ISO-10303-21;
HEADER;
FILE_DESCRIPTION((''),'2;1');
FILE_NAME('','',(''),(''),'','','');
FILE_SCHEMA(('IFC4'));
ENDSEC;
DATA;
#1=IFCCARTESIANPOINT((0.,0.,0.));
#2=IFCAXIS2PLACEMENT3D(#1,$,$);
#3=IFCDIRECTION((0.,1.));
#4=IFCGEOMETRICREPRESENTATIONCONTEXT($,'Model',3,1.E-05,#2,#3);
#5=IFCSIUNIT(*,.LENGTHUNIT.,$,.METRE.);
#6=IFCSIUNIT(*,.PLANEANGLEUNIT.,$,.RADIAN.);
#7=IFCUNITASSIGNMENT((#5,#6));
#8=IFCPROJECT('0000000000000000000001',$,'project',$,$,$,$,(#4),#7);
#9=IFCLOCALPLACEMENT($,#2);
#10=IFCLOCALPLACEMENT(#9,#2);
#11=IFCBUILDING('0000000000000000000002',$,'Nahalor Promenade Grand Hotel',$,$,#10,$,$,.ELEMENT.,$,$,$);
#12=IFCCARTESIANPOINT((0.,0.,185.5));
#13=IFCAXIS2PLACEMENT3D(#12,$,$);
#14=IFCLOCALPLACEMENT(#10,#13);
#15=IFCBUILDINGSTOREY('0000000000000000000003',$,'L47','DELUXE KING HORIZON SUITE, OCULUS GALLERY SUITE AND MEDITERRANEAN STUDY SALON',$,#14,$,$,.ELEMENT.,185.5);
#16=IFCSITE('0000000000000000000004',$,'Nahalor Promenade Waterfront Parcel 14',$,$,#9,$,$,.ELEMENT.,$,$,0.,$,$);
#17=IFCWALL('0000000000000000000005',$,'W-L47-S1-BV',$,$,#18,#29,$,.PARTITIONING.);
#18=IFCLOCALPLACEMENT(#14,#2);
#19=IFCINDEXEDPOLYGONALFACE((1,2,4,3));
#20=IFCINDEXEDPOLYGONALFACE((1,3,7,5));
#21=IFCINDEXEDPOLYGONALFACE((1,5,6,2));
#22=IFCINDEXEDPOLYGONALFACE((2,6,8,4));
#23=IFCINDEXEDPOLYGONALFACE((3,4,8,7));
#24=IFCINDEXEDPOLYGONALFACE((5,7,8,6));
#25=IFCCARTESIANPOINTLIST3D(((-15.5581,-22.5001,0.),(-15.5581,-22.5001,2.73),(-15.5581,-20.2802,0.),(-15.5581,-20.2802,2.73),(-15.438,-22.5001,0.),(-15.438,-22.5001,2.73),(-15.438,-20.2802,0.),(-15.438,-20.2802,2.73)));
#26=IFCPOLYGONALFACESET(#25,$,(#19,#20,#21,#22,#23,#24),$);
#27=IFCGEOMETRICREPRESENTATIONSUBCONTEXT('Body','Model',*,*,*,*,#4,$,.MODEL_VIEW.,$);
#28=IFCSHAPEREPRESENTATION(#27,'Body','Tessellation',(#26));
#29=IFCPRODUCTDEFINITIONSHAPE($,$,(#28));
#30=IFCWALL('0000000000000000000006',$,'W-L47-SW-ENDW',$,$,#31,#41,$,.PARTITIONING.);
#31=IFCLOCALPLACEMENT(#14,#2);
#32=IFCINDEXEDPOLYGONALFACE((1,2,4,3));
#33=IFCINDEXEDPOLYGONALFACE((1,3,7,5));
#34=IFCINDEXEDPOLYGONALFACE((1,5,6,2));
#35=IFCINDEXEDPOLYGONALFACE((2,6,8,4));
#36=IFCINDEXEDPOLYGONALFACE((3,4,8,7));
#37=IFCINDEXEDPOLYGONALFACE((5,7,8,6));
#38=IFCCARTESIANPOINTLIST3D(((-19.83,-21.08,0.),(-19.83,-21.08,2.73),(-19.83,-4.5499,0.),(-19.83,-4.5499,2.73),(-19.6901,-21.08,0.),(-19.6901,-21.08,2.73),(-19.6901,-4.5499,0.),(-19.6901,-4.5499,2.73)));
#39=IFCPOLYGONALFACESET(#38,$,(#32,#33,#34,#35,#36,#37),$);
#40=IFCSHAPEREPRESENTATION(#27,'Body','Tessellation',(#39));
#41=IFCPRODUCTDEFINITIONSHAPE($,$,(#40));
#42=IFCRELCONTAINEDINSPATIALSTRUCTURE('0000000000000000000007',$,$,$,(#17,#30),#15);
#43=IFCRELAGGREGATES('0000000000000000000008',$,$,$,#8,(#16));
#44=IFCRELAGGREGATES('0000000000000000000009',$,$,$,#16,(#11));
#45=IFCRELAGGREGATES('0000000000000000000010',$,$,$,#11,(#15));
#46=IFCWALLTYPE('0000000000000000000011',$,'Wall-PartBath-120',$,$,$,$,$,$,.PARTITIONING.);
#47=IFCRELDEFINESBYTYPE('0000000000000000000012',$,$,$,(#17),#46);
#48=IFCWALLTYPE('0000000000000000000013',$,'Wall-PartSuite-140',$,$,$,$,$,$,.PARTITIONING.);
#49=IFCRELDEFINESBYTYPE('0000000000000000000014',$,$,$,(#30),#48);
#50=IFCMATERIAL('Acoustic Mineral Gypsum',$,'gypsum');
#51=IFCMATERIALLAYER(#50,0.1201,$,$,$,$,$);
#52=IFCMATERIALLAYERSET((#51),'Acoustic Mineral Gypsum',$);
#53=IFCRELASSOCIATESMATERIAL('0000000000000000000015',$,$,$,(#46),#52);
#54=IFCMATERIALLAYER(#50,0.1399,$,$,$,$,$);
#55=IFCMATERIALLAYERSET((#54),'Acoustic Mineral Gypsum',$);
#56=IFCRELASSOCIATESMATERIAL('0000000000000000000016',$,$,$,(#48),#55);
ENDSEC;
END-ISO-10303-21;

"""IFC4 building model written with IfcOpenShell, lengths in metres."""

from ifc_helpers import new_model, si_unit, direction, frame, frame_2d, origin, place, context, subcontext, project, spatial, rectangle, extrude, source, transform, mapped, material, layer, layer_set, type_object, element, save


model = new_model("IFC4")

# Units and contexts
model_context = context("Model", 3, precision=1e-05, world=origin(), true_north=direction((0.0, 1.0)))
body_context = subcontext(model_context, "Body", "Model", "MODEL_VIEW")
ifc_project = project(units=[si_unit("LENGTHUNIT", "METRE"), si_unit("PLANEANGLEUNIT", "RADIAN")], contexts=[model_context])

# Site, building, storey
site_placement = place(None, origin())
site = spatial("IfcSite", under=ifc_project, at=site_placement, Name="Nahalor Promenade Waterfront Parcel 14", CompositionType="ELEMENT", RefElevation=0.0)
building_placement = place(site_placement, origin())
building = spatial("IfcBuilding", under=site, at=building_placement, Name="Nahalor Promenade Grand Hotel", CompositionType="ELEMENT")
storey_placement = place(building_placement, frame((0.0, 0.0, 185.5)))
storey = spatial("IfcBuildingStorey", under=building, at=storey_placement, Name="L47", Description="DELUXE KING HORIZON SUITE, OCULUS GALLERY SUITE AND MEDITERRANEAN STUDY SALON", CompositionType="ELEMENT", Elevation=185.5)

# Shared definitions
ifc_material_1 = material(Name="Acoustic Mineral Gypsum", Category="gypsum")
ifc_layer_1 = layer(ifc_material_1, 0.1201)
ifc_layer_set_1 = layer_set([ifc_layer_1], Name="Acoustic Mineral Gypsum")
wall_type_1 = type_object("IfcWallType", Name="Wall-PartBath-120", PredefinedType="PARTITIONING", material=ifc_layer_set_1)

# Walls
shared_shape_1 = source(origin(), body_context, "Body", "SweptSolid", [
    extrude(rectangle(XDim=2.22, YDim=0.1201, at=frame_2d((1.1099, 0.0))), origin(), (0.0, 0.0, 1.0), 2.73),
])
wall_1_placement = place(storey_placement, frame((-15.498, -22.5, 0.0), z_axis=(0.0, 0.0, 1.0), x_axis=(0.0, 1.0, 0.0)))
element("IfcWall", 1, at=wall_1_placement, inside=storey, type_object=wall_type_1, Name="W-L47-S1-BV", PredefinedType="PARTITIONING", context=body_context, shape_type="MappedRepresentation", body=[
    mapped(shared_shape_1, transform((0.0, 0.0, 0.0), scale=1.0)),
])
ifc_layer_2 = layer(ifc_material_1, 0.1399)
ifc_layer_set_2 = layer_set([ifc_layer_2], Name="Acoustic Mineral Gypsum")
wall_type_2 = type_object("IfcWallType", Name="Wall-PartSuite-140", PredefinedType="PARTITIONING", material=ifc_layer_set_2)
shared_shape_2 = source(origin(), body_context, "Body", "SweptSolid", [
    extrude(rectangle(XDim=16.53, YDim=0.1399, at=frame_2d((8.2651, 0.0))), origin(), (0.0, 0.0, 1.0), 2.73),
])
wall_2_placement = place(storey_placement, frame((-19.76, -21.0801, 0.0), z_axis=(0.0, 0.0, 1.0), x_axis=(0.0, 1.0, 0.0)))
element("IfcWall", 2, at=wall_2_placement, inside=storey, type_object=wall_type_2, Name="W-L47-SW-ENDW", PredefinedType="PARTITIONING", context=body_context, shape_type="MappedRepresentation", body=[
    mapped(shared_shape_2, transform((0.0, 0.0, 0.0), scale=1.0)),
])

save(model, "model.ifc")
